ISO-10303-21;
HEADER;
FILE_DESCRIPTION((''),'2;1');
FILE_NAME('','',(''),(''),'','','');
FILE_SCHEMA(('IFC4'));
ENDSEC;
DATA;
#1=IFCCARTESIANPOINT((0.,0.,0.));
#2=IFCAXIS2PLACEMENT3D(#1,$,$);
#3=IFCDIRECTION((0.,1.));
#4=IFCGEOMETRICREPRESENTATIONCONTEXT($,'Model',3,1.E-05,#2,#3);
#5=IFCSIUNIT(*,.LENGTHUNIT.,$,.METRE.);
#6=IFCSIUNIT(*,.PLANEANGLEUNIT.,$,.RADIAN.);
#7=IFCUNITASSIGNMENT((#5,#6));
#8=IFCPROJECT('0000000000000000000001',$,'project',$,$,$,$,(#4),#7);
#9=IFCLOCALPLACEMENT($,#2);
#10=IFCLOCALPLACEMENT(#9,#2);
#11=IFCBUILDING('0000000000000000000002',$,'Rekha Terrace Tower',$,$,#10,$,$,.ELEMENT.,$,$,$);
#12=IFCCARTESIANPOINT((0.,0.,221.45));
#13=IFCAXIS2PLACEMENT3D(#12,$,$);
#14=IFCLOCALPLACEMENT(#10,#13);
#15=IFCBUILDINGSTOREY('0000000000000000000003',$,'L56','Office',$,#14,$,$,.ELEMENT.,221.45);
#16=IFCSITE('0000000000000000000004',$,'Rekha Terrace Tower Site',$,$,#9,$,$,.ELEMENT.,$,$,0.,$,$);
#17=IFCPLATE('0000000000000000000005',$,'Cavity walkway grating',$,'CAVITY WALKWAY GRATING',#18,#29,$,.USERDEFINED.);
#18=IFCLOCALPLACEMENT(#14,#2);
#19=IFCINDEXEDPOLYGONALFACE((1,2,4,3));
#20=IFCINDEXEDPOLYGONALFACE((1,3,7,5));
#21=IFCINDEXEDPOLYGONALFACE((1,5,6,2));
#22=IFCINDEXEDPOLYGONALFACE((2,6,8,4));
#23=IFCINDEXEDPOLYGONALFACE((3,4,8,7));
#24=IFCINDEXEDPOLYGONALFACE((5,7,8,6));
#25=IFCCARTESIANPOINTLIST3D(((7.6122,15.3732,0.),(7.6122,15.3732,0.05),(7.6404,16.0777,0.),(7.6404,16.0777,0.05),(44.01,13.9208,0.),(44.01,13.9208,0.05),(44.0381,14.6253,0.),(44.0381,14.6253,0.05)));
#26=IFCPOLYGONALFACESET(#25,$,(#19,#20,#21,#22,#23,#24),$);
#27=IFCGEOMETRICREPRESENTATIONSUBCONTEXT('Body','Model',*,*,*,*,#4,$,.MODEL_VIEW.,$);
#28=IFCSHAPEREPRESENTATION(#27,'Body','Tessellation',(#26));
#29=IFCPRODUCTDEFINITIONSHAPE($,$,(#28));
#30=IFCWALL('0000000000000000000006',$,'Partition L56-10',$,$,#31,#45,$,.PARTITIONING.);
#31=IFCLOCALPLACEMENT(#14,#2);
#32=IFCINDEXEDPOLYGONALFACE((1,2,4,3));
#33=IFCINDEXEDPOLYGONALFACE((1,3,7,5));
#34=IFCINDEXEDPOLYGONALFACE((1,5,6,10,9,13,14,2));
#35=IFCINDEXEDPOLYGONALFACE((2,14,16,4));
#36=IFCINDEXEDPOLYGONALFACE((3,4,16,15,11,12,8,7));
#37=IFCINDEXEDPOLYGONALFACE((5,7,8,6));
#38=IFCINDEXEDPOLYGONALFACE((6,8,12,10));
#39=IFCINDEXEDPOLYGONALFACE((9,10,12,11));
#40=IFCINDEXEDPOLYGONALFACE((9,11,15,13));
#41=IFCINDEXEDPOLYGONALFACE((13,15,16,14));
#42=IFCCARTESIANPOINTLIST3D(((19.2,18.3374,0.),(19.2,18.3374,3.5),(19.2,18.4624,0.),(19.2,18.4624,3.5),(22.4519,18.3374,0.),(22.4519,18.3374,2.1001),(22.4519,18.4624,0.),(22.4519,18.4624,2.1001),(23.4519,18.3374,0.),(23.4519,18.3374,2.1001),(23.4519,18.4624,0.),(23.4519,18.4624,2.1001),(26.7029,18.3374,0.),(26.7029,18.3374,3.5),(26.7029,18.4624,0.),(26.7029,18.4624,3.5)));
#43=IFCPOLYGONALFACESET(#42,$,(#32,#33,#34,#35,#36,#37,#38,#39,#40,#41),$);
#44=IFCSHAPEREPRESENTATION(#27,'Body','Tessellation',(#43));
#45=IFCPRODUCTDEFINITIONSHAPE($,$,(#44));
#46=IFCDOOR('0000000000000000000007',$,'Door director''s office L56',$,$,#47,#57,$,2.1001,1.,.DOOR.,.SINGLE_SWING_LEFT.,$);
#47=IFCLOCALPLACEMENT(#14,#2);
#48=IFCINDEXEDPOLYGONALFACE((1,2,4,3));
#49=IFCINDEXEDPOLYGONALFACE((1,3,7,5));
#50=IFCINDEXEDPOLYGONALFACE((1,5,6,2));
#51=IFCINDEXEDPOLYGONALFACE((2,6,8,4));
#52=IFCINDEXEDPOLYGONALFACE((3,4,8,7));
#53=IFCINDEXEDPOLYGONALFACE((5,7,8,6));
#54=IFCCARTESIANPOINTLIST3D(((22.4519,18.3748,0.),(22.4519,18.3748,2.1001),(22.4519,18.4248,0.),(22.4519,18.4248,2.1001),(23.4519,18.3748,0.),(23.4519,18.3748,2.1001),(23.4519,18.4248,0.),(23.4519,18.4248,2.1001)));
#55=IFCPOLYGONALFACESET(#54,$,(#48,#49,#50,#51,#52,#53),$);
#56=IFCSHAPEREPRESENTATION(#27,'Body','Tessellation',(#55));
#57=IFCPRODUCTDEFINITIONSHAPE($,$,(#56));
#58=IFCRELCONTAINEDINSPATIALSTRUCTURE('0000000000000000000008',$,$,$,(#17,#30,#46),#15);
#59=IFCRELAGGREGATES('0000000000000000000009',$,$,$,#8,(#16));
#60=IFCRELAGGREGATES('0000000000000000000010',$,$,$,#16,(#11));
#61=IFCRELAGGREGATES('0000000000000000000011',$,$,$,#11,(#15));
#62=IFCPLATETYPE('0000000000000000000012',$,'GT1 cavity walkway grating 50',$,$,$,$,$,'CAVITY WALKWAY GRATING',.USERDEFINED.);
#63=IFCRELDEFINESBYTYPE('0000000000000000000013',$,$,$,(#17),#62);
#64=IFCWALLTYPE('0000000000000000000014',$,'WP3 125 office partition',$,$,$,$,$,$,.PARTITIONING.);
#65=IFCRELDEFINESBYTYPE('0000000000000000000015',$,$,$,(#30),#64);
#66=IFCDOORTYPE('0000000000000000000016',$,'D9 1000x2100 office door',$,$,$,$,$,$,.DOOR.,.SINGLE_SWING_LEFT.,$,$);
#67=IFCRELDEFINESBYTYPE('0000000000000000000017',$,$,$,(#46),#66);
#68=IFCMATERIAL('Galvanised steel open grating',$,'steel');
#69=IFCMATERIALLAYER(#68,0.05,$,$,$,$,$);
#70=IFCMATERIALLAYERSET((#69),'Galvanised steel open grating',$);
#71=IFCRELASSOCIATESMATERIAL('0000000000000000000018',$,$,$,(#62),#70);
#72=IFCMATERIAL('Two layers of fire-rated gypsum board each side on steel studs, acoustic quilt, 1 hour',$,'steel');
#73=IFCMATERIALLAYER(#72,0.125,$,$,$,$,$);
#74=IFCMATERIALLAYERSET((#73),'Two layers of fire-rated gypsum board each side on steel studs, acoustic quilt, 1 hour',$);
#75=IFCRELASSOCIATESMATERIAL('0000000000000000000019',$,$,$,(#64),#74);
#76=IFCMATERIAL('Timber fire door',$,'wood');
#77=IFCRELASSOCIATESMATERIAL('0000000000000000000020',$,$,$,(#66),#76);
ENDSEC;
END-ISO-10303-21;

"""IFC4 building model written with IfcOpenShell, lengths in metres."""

from ifc_helpers import new_model, si_unit, direction, frame, frame_2d, origin, origin_2d, place, context, subcontext, project, spatial, rectangle, extrude, material, layer, layer_set, type_object, element, fill, save


model = new_model("IFC4")

# Units and contexts
model_context = context("Model", 3, precision=1e-05, world=origin(), true_north=direction((0.0, 1.0)))
body_context = subcontext(model_context, "Body", "Model", "MODEL_VIEW")
ifc_project = project(units=[si_unit("LENGTHUNIT", "METRE"), si_unit("PLANEANGLEUNIT", "RADIAN")], contexts=[model_context])

# Site, building, storey
site_placement = place(None, origin())
site = spatial("IfcSite", under=ifc_project, at=site_placement, Name="Rekha Terrace Tower Site", CompositionType="ELEMENT", RefElevation=0.0)
building_placement = place(site_placement, origin())
building = spatial("IfcBuilding", under=site, at=building_placement, Name="Rekha Terrace Tower", CompositionType="ELEMENT")
storey_placement = place(building_placement, frame((0.0, 0.0, 221.45)))
storey = spatial("IfcBuildingStorey", under=building, at=storey_placement, Name="L56", Description="Office", CompositionType="ELEMENT", Elevation=221.45)

# Plate
ifc_material_1 = material(Name="Galvanised steel open grating", Category="steel")
ifc_layer_1 = layer(ifc_material_1, 0.05)
ifc_layer_set_1 = layer_set([ifc_layer_1], Name="Galvanised steel open grating")
plate_type_1 = type_object("IfcPlateType", Name="GT1 cavity walkway grating 50", ElementType="CAVITY WALKWAY GRATING", PredefinedType="USERDEFINED", material=ifc_layer_set_1)
plate_1_placement = place(storey_placement, frame((25.8252, 14.9993, 0.0), z_axis=(0.0, 0.0, 1.0), x_axis=(0.999205, -0.039872, 0.0)))
element("IfcPlate", 1, at=plate_1_placement, inside=storey, type_object=plate_type_1, Name="Cavity walkway grating", ObjectType="CAVITY WALKWAY GRATING", PredefinedType="USERDEFINED", context=body_context, shape_type="SweptSolid", body=[
    extrude(rectangle(XDim=36.4268, YDim=0.7051, at=origin_2d()), origin(), (0.0, 0.0, 1.0), 0.05),
])

# Wall, opening, door
ifc_material_2 = material(Name="Two layers of fire-rated gypsum board each side on steel studs, acoustic quilt, 1 hour", Category="steel")
ifc_layer_2 = layer(ifc_material_2, 0.125)
ifc_layer_set_2 = layer_set([ifc_layer_2], Name="Two layers of fire-rated gypsum board each side on steel studs, acoustic quilt, 1 hour")
wall_type = type_object("IfcWallType", Name="WP3 125 office partition", PredefinedType="PARTITIONING", material=ifc_layer_set_2)
wall_placement = place(storey_placement, frame((19.2, 18.3999, 0.0), z_axis=(0.0, 0.0, 1.0), x_axis=(1.0, 0.0, 0.0)))
wall = element("IfcWall", 2, at=wall_placement, inside=storey, type_object=wall_type, Name="Partition L56-10", PredefinedType="PARTITIONING", context=body_context, shape_type="SweptSolid", body=[
    extrude(rectangle(XDim=7.5029, YDim=0.125, at=frame_2d((3.7515, 0.0))), origin(), (0.0, 0.0, 1.0), 3.5),
])
opening_placement = place(wall_placement, frame((3.252, 0.0, 0.0)))
opening = element("IfcOpeningElement", 3, at=opening_placement, cuts=wall, PredefinedType="OPENING", context=body_context, shape_type="SweptSolid", body=[
    extrude(rectangle(XDim=1.0, YDim=2.1001, at=frame_2d((0.5, 1.05))), frame((0.0, 0.0725, 0.0), z_axis=(0.0, -1.0, 0.0), x_axis=(1.0, 0.0, 0.0)), (0.0, 0.0, 1.0), 0.145),
])
ifc_material_3 = material(Name="Timber fire door", Category="wood")
door_type = type_object("IfcDoorType", Name="D9 1000x2100 office door", OperationType="SINGLE_SWING_LEFT", PredefinedType="DOOR", material=ifc_material_3)
door_placement = place(opening_placement, origin())
door = element("IfcDoor", 4, at=door_placement, inside=storey, type_object=door_type, Name="Door director's office L56", OperationType="SINGLE_SWING_LEFT", OverallHeight=2.1001, OverallWidth=1.0, PredefinedType="DOOR", context=body_context, shape_type="SweptSolid", body=[
    extrude(rectangle(XDim=1.0, YDim=2.1001, at=frame_2d((0.5, 1.05))), frame((0.0, 0.0249, 0.0), z_axis=(0.0, -1.0, 0.0), x_axis=(1.0, 0.0, 0.0)), (0.0, 0.0, 1.0), 0.05),
])
fill(opening, door)

save(model, "model.ifc")
